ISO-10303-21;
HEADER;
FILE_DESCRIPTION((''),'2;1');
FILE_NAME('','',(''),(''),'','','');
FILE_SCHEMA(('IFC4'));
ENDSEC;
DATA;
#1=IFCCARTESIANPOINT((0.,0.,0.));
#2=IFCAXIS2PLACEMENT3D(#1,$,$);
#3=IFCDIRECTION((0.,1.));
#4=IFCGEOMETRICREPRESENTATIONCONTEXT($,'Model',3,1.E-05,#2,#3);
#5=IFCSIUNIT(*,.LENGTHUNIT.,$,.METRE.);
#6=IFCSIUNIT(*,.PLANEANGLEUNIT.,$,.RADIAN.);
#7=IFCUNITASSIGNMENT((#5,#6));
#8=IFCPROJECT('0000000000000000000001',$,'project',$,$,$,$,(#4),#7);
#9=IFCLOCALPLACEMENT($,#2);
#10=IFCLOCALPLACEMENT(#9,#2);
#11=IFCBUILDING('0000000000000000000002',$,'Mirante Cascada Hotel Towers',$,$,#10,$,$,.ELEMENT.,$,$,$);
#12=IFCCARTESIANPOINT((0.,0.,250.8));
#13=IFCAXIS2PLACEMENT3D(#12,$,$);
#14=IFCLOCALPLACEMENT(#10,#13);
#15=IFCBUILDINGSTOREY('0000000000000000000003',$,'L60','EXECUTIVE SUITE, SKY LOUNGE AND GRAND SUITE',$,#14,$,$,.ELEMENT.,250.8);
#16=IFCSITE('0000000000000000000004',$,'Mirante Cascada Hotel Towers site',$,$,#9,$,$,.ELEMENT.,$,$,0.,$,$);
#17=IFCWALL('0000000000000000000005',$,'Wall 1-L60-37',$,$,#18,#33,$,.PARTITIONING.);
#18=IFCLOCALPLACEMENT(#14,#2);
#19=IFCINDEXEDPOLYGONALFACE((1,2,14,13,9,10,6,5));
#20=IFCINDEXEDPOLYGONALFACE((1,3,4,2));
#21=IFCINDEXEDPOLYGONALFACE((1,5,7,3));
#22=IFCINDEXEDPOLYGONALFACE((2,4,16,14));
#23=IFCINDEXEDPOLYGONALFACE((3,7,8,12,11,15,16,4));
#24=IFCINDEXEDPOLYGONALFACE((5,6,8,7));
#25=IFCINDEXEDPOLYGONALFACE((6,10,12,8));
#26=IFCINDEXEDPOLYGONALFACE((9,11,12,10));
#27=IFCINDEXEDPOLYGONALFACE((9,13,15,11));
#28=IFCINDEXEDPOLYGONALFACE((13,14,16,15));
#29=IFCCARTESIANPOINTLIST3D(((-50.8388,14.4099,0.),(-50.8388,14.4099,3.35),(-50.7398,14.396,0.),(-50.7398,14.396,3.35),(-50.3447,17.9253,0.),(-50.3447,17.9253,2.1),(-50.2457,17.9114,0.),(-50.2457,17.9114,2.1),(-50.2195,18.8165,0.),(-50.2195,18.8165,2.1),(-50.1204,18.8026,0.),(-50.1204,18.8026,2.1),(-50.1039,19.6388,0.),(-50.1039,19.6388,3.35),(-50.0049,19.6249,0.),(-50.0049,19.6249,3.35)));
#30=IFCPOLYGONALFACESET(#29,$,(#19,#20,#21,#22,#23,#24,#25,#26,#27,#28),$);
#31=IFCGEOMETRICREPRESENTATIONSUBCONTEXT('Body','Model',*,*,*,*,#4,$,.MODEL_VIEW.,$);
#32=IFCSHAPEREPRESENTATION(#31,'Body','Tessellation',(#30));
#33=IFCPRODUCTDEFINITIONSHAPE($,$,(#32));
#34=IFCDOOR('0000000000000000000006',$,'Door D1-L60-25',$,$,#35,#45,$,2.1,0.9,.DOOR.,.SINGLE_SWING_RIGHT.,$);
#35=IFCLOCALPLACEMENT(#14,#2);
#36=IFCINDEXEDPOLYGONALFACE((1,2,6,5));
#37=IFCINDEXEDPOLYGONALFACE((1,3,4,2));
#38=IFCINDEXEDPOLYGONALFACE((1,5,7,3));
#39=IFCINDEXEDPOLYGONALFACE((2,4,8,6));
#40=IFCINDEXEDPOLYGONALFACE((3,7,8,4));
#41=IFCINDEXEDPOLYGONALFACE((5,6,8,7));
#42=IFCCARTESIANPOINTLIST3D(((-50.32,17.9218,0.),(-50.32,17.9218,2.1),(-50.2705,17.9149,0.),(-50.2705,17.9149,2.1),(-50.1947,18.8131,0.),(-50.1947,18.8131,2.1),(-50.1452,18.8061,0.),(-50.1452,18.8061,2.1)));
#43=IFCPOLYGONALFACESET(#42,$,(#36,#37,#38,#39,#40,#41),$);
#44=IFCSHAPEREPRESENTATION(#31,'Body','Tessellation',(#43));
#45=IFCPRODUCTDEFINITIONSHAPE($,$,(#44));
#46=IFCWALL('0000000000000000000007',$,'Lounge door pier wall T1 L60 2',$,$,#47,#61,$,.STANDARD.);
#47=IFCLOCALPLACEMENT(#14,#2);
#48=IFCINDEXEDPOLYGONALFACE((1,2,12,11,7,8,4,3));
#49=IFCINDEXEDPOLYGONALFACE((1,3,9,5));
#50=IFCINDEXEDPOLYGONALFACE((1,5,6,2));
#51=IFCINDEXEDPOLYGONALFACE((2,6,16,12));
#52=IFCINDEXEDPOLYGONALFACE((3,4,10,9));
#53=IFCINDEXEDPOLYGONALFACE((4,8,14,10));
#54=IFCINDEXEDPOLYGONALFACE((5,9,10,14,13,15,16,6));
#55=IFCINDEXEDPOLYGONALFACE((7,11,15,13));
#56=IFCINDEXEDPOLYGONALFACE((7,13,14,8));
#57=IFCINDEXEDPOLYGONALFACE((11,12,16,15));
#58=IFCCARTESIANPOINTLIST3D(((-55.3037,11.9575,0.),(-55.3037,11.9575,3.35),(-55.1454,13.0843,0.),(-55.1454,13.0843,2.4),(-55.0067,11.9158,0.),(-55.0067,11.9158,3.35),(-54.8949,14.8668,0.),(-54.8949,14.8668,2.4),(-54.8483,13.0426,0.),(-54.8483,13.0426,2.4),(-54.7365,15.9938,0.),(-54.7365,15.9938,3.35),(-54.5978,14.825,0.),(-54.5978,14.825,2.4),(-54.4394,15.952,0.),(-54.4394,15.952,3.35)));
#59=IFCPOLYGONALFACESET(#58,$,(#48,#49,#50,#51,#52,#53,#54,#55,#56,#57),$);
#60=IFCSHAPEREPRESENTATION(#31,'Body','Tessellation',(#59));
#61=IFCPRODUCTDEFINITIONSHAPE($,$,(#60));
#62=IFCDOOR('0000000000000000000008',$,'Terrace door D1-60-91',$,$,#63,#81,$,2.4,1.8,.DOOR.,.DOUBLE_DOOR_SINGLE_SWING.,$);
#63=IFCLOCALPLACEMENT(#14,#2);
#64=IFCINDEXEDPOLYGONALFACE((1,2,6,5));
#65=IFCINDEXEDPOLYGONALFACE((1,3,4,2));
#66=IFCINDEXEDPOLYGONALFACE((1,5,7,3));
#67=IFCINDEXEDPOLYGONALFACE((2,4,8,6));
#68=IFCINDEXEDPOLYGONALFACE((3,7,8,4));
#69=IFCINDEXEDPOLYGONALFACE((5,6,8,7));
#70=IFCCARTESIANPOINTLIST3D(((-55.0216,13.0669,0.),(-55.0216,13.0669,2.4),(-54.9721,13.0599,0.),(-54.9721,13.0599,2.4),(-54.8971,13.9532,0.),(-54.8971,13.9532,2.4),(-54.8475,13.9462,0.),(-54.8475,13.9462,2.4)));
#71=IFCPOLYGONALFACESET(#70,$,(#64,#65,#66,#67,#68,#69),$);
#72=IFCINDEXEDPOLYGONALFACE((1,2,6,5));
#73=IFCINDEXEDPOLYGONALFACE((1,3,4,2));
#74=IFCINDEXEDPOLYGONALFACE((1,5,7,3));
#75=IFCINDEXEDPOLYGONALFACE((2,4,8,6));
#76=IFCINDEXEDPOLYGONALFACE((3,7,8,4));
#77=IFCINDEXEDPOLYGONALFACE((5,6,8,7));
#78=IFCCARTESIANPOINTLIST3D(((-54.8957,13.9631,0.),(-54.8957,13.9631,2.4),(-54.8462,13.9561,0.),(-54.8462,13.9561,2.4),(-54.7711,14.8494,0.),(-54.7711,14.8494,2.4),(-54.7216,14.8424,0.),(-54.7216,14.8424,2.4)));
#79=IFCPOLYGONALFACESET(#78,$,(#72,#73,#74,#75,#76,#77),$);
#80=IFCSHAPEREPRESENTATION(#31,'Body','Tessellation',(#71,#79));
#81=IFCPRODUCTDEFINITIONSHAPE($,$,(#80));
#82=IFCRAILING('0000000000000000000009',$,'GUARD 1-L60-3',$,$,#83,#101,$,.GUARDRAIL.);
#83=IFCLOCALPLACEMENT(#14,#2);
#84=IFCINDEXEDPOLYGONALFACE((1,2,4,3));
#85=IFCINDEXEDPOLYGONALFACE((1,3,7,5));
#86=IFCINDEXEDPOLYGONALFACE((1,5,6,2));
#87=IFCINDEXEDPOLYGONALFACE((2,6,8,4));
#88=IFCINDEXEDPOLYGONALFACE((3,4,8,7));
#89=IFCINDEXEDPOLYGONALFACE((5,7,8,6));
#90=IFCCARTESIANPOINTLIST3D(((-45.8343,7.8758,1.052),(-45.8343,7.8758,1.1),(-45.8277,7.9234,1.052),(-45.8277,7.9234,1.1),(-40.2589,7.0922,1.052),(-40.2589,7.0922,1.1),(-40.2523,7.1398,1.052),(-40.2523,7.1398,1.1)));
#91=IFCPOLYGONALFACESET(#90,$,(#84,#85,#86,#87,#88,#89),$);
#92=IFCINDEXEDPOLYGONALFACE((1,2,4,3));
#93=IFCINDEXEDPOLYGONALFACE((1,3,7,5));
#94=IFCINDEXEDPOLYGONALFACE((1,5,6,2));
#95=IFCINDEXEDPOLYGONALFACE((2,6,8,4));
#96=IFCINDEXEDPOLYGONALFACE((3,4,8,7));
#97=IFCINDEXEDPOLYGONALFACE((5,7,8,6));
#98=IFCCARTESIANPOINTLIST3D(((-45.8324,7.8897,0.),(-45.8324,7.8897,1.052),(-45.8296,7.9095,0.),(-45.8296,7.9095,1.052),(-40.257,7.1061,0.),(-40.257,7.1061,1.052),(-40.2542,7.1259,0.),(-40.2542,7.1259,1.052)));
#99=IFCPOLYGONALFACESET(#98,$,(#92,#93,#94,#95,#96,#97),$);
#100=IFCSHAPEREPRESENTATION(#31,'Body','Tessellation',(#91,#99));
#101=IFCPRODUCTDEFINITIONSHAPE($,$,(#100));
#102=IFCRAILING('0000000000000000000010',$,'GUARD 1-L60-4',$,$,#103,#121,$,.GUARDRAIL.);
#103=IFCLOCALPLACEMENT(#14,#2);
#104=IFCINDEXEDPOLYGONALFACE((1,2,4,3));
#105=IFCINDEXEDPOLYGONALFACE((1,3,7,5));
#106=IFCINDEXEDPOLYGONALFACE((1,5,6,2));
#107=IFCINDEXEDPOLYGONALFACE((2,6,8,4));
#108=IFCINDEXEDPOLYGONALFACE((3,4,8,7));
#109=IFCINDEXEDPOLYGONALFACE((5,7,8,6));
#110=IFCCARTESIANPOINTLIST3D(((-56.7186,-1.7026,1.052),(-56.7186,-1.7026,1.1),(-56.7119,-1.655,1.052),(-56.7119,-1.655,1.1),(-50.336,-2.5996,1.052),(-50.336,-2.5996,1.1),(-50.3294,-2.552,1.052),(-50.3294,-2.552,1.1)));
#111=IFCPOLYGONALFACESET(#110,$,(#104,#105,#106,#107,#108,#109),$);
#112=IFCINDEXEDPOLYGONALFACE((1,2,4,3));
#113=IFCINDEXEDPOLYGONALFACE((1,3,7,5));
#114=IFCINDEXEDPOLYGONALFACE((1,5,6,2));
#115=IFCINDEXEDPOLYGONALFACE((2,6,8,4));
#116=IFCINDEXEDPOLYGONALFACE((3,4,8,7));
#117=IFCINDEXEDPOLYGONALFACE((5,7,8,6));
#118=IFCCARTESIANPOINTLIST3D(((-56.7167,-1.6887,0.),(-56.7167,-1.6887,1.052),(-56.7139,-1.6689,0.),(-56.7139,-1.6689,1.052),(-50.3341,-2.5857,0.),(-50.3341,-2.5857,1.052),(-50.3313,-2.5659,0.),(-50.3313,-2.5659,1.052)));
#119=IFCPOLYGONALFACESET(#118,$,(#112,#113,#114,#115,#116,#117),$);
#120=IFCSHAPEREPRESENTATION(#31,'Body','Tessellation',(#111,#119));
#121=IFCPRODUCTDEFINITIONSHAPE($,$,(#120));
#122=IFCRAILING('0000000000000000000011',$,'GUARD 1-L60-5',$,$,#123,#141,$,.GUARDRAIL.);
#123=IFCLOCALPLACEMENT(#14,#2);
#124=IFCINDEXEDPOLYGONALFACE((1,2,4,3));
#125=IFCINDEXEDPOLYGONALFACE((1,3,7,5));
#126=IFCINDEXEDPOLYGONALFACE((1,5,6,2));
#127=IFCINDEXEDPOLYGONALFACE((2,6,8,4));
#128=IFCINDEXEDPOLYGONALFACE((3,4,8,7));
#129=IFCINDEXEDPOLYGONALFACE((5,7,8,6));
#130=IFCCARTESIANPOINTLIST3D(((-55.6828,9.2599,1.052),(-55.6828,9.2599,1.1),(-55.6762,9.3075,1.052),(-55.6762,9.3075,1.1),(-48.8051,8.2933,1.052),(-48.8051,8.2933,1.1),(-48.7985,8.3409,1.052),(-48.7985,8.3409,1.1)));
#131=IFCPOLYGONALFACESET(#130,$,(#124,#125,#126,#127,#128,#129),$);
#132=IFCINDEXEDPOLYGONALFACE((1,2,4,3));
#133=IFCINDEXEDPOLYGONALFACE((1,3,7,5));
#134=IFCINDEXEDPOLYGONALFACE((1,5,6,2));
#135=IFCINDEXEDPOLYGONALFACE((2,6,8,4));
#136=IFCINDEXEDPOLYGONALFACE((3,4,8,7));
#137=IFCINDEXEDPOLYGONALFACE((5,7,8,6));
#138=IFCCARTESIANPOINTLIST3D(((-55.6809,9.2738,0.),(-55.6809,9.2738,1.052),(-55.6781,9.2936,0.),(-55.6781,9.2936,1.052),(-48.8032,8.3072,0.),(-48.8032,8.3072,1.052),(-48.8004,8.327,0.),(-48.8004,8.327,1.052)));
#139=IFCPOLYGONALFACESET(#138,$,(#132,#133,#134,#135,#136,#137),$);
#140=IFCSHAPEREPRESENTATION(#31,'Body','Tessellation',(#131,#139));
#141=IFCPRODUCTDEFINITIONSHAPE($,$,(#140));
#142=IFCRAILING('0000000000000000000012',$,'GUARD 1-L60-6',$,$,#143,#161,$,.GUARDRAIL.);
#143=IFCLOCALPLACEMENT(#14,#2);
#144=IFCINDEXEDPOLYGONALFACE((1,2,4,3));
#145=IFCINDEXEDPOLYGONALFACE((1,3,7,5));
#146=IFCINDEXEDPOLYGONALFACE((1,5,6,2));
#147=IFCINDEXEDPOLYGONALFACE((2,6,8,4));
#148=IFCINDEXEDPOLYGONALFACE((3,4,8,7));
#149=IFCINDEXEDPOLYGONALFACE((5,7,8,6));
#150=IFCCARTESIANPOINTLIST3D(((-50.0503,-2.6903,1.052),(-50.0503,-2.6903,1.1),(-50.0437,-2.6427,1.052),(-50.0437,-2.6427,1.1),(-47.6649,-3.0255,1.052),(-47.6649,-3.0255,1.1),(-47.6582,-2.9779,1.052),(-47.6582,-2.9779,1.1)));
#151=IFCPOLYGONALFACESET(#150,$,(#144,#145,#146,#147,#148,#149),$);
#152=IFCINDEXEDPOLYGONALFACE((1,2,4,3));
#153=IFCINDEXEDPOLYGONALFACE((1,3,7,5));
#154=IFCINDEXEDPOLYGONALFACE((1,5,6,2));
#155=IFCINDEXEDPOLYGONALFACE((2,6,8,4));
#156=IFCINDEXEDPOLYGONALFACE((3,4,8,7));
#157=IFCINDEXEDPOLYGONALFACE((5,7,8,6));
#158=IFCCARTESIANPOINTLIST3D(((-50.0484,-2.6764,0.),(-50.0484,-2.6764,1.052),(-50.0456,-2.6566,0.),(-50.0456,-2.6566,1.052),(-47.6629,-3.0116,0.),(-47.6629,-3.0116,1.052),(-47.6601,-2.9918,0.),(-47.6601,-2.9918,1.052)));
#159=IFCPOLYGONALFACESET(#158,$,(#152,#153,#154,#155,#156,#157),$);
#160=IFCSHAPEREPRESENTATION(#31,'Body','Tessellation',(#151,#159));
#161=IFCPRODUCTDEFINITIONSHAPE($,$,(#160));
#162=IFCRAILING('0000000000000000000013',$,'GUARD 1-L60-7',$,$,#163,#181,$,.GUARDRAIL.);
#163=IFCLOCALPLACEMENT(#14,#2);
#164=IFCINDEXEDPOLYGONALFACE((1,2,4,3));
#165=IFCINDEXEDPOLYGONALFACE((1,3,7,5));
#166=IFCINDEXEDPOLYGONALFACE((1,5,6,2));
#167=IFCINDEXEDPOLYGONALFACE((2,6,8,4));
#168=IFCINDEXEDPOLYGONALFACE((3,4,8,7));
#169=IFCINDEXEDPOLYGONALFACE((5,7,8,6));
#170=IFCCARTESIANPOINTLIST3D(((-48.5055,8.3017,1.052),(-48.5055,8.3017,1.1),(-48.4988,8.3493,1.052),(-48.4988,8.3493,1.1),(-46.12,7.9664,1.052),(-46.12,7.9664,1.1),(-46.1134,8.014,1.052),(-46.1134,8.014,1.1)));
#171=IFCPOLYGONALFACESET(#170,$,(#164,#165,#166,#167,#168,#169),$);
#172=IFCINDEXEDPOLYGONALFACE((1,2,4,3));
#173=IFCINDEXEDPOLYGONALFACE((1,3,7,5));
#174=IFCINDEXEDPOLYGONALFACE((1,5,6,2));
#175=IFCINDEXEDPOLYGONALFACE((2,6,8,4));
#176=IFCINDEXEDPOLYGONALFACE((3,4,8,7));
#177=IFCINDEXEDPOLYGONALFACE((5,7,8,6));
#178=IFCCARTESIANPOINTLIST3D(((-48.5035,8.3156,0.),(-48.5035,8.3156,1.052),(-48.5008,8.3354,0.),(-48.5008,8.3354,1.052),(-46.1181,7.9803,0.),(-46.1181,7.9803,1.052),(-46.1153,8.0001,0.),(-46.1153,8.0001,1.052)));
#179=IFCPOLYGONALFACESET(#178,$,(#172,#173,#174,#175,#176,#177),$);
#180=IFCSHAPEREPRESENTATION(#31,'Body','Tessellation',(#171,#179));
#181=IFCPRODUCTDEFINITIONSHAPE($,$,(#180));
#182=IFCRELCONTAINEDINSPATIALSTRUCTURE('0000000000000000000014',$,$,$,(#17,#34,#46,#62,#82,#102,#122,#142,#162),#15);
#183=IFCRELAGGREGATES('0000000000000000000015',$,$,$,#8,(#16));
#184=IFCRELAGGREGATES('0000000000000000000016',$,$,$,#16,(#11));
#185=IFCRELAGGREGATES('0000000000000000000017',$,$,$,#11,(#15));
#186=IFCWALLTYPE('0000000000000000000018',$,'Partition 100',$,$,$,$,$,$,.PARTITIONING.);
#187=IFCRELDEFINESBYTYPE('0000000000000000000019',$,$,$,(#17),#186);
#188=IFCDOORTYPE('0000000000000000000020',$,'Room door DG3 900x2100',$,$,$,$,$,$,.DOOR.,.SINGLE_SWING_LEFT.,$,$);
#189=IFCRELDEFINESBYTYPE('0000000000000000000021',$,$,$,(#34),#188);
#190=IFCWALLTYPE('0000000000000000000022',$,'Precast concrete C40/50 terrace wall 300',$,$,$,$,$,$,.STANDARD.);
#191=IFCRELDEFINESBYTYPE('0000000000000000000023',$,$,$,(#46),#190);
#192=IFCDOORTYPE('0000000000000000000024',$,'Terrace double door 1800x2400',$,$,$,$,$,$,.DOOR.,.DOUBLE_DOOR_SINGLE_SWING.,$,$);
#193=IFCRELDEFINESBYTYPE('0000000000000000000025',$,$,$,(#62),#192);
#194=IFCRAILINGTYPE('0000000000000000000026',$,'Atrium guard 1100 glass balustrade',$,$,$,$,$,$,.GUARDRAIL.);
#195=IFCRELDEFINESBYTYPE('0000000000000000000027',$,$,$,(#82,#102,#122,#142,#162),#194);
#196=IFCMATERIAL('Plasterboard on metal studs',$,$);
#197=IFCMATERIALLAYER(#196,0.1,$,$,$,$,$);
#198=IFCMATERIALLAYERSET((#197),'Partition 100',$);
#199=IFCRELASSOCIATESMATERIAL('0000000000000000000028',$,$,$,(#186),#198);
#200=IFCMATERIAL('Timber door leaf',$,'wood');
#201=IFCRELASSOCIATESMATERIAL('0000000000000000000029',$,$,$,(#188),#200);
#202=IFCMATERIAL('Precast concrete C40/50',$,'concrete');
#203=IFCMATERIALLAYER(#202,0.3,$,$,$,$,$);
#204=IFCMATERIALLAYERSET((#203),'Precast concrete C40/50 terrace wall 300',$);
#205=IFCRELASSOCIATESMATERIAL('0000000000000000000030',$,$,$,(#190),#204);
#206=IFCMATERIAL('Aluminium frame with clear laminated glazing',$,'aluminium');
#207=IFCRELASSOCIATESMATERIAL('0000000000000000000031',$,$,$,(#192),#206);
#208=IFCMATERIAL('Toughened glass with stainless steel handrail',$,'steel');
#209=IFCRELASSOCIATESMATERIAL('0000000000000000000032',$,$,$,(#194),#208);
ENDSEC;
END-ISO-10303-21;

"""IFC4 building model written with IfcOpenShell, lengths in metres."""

from ifc_helpers import new_model, si_unit, direction, frame, frame_2d, origin, origin_2d, place, context, subcontext, project, spatial, rectangle, extrude, material, layer, layer_set, type_object, element, fill, save


model = new_model("IFC4")

# Units and contexts
model_context = context("Model", 3, precision=1e-05, world=origin(), true_north=direction((0.0, 1.0)))
body_context = subcontext(model_context, "Body", "Model", "MODEL_VIEW")
ifc_project = project(units=[si_unit("LENGTHUNIT", "METRE"), si_unit("PLANEANGLEUNIT", "RADIAN")], contexts=[model_context])

# Site, building, storey
site_placement = place(None, origin())
site = spatial("IfcSite", under=ifc_project, at=site_placement, Name="Mirante Cascada Hotel Towers site", CompositionType="ELEMENT", RefElevation=0.0)
building_placement = place(site_placement, origin())
building = spatial("IfcBuilding", under=site, at=building_placement, Name="Mirante Cascada Hotel Towers", CompositionType="ELEMENT")
storey_placement = place(building_placement, frame((0.0, 0.0, 250.8)))
storey = spatial("IfcBuildingStorey", under=building, at=storey_placement, Name="L60", Description="EXECUTIVE SUITE, SKY LOUNGE AND GRAND SUITE", CompositionType="ELEMENT", Elevation=250.8)

# Shared definitions
ifc_material_1 = material(Name="Plasterboard on metal studs")
ifc_layer_1 = layer(ifc_material_1, 0.1)
ifc_layer_set_1 = layer_set([ifc_layer_1], Name="Partition 100")
wall_type_1 = type_object("IfcWallType", Name="Partition 100", PredefinedType="PARTITIONING", material=ifc_layer_set_1)
ifc_material_2 = material(Name="Timber door leaf", Category="wood")
door_type_1 = type_object("IfcDoorType", Name="Room door DG3 900x2100", OperationType="SINGLE_SWING_LEFT", PredefinedType="DOOR", material=ifc_material_2)

# Walls, openings, doors
wall_1_placement = place(storey_placement, frame((-50.7893, 14.4029, 0.0), z_axis=(0.0, 0.0, 1.0), x_axis=(0.139178, 0.990267, 0.0)))
wall_1 = element("IfcWall", 1, at=wall_1_placement, inside=storey, type_object=wall_type_1, Name="Wall 1-L60-37", PredefinedType="PARTITIONING", context=body_context, shape_type="SweptSolid", body=[
    extrude(rectangle(XDim=5.2803, YDim=0.1, at=frame_2d((2.6402, 0.0))), origin(), (0.0, 0.0, 1.0), 3.35),
])
opening_1_placement = place(wall_1_placement, frame((3.55, 0.0, 0.0)))
opening_1 = element("IfcOpeningElement", 2, at=opening_1_placement, cuts=wall_1, PredefinedType="OPENING", context=body_context, shape_type="SweptSolid", body=[
    extrude(rectangle(XDim=0.9, YDim=2.1, at=frame_2d((0.45, 1.05))), frame((0.0, 0.05, 0.0), z_axis=(0.0, -1.0, 0.0), x_axis=(1.0, 0.0, 0.0)), (0.0, 0.0, 1.0), 0.1),
])
door_1_placement = place(opening_1_placement, frame((0.9, 0.0, 0.0), z_axis=(0.0, 0.0, 1.0), x_axis=(-1.0, 0.0, 0.0)))
door_1 = element("IfcDoor", 3, at=door_1_placement, inside=storey, type_object=door_type_1, Name="Door D1-L60-25", OperationType="SINGLE_SWING_RIGHT", OverallHeight=2.1, OverallWidth=0.9, PredefinedType="DOOR", context=body_context, shape_type="SweptSolid", body=[
    extrude(rectangle(XDim=0.9, YDim=2.1, at=frame_2d((0.45, 1.05))), frame((0.0, 0.025, 0.0), z_axis=(0.0, -1.0, 0.0), x_axis=(1.0, 0.0, 0.0)), (0.0, 0.0, 1.0), 0.05),
])
fill(opening_1, door_1)
ifc_material_3 = material(Name="Precast concrete C40/50", Category="concrete")
ifc_layer_2 = layer(ifc_material_3, 0.3)
ifc_layer_set_2 = layer_set([ifc_layer_2], Name="Precast concrete C40/50 terrace wall 300")
wall_type_2 = type_object("IfcWallType", Name="Precast concrete C40/50 terrace wall 300", PredefinedType="STANDARD", material=ifc_layer_set_2)
wall_2_placement = place(storey_placement, frame((-55.1552, 11.9366, 0.0), z_axis=(0.0, 0.0, 1.0), x_axis=(0.139161, 0.99027, 0.0)))
wall_2 = element("IfcWall", 4, at=wall_2_placement, inside=storey, type_object=wall_type_2, Name="Lounge door pier wall T1 L60 2", PredefinedType="STANDARD", context=body_context, shape_type="SweptSolid", body=[
    extrude(rectangle(XDim=4.0759, YDim=0.3, at=frame_2d((2.038, 0.0))), origin(), (0.0, 0.0, 1.0), 3.35),
])
opening_2_placement = place(wall_2_placement, frame((1.1379, 0.0, 0.0)))
opening_2 = element("IfcOpeningElement", 5, at=opening_2_placement, cuts=wall_2, PredefinedType="OPENING", context=body_context, shape_type="SweptSolid", body=[
    extrude(rectangle(XDim=1.8, YDim=2.4, at=frame_2d((0.9, 1.2))), frame((0.0, 0.15, 0.0), z_axis=(0.0, -1.0, 0.0), x_axis=(1.0, 0.0, 0.0)), (0.0, 0.0, 1.0), 0.3),
])
ifc_material_4 = material(Name="Aluminium frame with clear laminated glazing", Category="aluminium")
door_type_2 = type_object("IfcDoorType", Name="Terrace double door 1800x2400", OperationType="DOUBLE_DOOR_SINGLE_SWING", PredefinedType="DOOR", material=ifc_material_4)
door_2_placement = place(opening_2_placement, origin())
door_2 = element("IfcDoor", 6, at=door_2_placement, inside=storey, type_object=door_type_2, Name="Terrace door D1-60-91", OperationType="DOUBLE_DOOR_SINGLE_SWING", OverallHeight=2.4, OverallWidth=1.8, PredefinedType="DOOR", context=body_context, shape_type="SweptSolid", body=[
    extrude(rectangle(XDim=0.895, YDim=2.4, at=frame_2d((0.4475, 1.2))), frame((0.0, 0.025, 0.0), z_axis=(0.0, -1.0, 0.0), x_axis=(1.0, 0.0, 0.0)), (0.0, 0.0, 1.0), 0.05),
    extrude(rectangle(XDim=0.895, YDim=2.4, at=frame_2d((1.3525, 1.2))), frame((0.0, 0.025, 0.0), z_axis=(0.0, -1.0, 0.0), x_axis=(1.0, 0.0, 0.0)), (0.0, 0.0, 1.0), 0.05),
])
fill(opening_2, door_2)

# Railings
ifc_material_5 = material(Name="Toughened glass with stainless steel handrail", Category="steel")
railing_type = type_object("IfcRailingType", Name="Atrium guard 1100 glass balustrade", PredefinedType="GUARDRAIL", material=ifc_material_5)
railing_1_placement = place(storey_placement, frame((-45.831, 7.8996, 0.0)))
element("IfcRailing", 7, at=railing_1_placement, inside=storey, type_object=railing_type, Name="GUARD 1-L60-3", PredefinedType="GUARDRAIL", context=body_context, shape_type="SweptSolid", body=[
    extrude(rectangle(XDim=0.048, YDim=0.048, at=origin_2d()), frame((0.0, 0.0, 1.076), z_axis=(0.990267, -0.139178, 0.0), x_axis=(0.139178, 0.990267, 0.0)), (0.0, 0.0, 1.0), 5.6302),
    extrude(rectangle(XDim=0.02, YDim=1.052, at=origin_2d()), frame((0.0, 0.0, 0.526), z_axis=(0.990267, -0.139178, 0.0), x_axis=(0.139178, 0.990267, 0.0)), (0.0, 0.0, 1.0), 5.6302),
])
railing_2_placement = place(storey_placement, frame((-50.3327, -2.5758, 0.0)))
element("IfcRailing", 8, at=railing_2_placement, inside=storey, type_object=railing_type, Name="GUARD 1-L60-4", PredefinedType="GUARDRAIL", context=body_context, shape_type="SweptSolid", body=[
    extrude(rectangle(XDim=0.048, YDim=0.048, at=origin_2d()), frame((0.0, 0.0, 1.076), z_axis=(-0.990268, 0.139171, 0.0), x_axis=(-0.139171, -0.990268, 0.0)), (0.0, 0.0, 1.0), 6.4453),
    extrude(rectangle(XDim=0.02, YDim=1.052, at=origin_2d()), frame((0.0, 0.0, 0.526), z_axis=(-0.990268, 0.139171, 0.0), x_axis=(-0.139171, -0.990268, 0.0)), (0.0, 0.0, 1.0), 6.4453),
])
railing_3_placement = place(storey_placement, frame((-55.6795, 9.2837, 0.0)))
element("IfcRailing", 9, at=railing_3_placement, inside=storey, type_object=railing_type, Name="GUARD 1-L60-5", PredefinedType="GUARDRAIL", context=body_context, shape_type="SweptSolid", body=[
    extrude(rectangle(XDim=0.048, YDim=0.048, at=origin_2d()), frame((0.0, 0.0, 1.076), z_axis=(0.990268, -0.139173, 0.0), x_axis=(0.139173, 0.990268, 0.0)), (0.0, 0.0, 1.0), 6.9453),
    extrude(rectangle(XDim=0.02, YDim=1.052, at=origin_2d()), frame((0.0, 0.0, 0.526), z_axis=(0.990268, -0.139173, 0.0), x_axis=(0.139173, 0.990268, 0.0)), (0.0, 0.0, 1.0), 6.9453),
])
railing_4_placement = place(storey_placement, frame((-50.047, -2.6665, 0.0)))
element("IfcRailing", 10, at=railing_4_placement, inside=storey, type_object=railing_type, Name="GUARD 1-L60-6", PredefinedType="GUARDRAIL", context=body_context, shape_type="SweptSolid", body=[
    extrude(rectangle(XDim=0.048, YDim=0.048, at=origin_2d()), frame((0.0, 0.0, 1.076), z_axis=(0.990271, -0.139149, 0.0), x_axis=(0.139149, 0.990271, 0.0)), (0.0, 0.0, 1.0), 2.4089),
    extrude(rectangle(XDim=0.02, YDim=1.052, at=origin_2d()), frame((0.0, 0.0, 0.526), z_axis=(0.990271, -0.139149, 0.0), x_axis=(0.139149, 0.990271, 0.0)), (0.0, 0.0, 1.0), 2.4089),
])
railing_5_placement = place(storey_placement, frame((-46.1167, 7.9902, 0.0)))
element("IfcRailing", 11, at=railing_5_placement, inside=storey, type_object=railing_type, Name="GUARD 1-L60-7", PredefinedType="GUARDRAIL", context=body_context, shape_type="SweptSolid", body=[
    extrude(rectangle(XDim=0.048, YDim=0.048, at=origin_2d()), frame((0.0, 0.0, 1.076), z_axis=(-0.990266, 0.139189, 0.0), x_axis=(-0.139189, -0.990266, 0.0)), (0.0, 0.0, 1.0), 2.4089),
    extrude(rectangle(XDim=0.02, YDim=1.052, at=origin_2d()), frame((0.0, 0.0, 0.526), z_axis=(-0.990266, 0.139189, 0.0), x_axis=(-0.139189, -0.990266, 0.0)), (0.0, 0.0, 1.0), 2.4089),
])

save(model, "model.ifc")
